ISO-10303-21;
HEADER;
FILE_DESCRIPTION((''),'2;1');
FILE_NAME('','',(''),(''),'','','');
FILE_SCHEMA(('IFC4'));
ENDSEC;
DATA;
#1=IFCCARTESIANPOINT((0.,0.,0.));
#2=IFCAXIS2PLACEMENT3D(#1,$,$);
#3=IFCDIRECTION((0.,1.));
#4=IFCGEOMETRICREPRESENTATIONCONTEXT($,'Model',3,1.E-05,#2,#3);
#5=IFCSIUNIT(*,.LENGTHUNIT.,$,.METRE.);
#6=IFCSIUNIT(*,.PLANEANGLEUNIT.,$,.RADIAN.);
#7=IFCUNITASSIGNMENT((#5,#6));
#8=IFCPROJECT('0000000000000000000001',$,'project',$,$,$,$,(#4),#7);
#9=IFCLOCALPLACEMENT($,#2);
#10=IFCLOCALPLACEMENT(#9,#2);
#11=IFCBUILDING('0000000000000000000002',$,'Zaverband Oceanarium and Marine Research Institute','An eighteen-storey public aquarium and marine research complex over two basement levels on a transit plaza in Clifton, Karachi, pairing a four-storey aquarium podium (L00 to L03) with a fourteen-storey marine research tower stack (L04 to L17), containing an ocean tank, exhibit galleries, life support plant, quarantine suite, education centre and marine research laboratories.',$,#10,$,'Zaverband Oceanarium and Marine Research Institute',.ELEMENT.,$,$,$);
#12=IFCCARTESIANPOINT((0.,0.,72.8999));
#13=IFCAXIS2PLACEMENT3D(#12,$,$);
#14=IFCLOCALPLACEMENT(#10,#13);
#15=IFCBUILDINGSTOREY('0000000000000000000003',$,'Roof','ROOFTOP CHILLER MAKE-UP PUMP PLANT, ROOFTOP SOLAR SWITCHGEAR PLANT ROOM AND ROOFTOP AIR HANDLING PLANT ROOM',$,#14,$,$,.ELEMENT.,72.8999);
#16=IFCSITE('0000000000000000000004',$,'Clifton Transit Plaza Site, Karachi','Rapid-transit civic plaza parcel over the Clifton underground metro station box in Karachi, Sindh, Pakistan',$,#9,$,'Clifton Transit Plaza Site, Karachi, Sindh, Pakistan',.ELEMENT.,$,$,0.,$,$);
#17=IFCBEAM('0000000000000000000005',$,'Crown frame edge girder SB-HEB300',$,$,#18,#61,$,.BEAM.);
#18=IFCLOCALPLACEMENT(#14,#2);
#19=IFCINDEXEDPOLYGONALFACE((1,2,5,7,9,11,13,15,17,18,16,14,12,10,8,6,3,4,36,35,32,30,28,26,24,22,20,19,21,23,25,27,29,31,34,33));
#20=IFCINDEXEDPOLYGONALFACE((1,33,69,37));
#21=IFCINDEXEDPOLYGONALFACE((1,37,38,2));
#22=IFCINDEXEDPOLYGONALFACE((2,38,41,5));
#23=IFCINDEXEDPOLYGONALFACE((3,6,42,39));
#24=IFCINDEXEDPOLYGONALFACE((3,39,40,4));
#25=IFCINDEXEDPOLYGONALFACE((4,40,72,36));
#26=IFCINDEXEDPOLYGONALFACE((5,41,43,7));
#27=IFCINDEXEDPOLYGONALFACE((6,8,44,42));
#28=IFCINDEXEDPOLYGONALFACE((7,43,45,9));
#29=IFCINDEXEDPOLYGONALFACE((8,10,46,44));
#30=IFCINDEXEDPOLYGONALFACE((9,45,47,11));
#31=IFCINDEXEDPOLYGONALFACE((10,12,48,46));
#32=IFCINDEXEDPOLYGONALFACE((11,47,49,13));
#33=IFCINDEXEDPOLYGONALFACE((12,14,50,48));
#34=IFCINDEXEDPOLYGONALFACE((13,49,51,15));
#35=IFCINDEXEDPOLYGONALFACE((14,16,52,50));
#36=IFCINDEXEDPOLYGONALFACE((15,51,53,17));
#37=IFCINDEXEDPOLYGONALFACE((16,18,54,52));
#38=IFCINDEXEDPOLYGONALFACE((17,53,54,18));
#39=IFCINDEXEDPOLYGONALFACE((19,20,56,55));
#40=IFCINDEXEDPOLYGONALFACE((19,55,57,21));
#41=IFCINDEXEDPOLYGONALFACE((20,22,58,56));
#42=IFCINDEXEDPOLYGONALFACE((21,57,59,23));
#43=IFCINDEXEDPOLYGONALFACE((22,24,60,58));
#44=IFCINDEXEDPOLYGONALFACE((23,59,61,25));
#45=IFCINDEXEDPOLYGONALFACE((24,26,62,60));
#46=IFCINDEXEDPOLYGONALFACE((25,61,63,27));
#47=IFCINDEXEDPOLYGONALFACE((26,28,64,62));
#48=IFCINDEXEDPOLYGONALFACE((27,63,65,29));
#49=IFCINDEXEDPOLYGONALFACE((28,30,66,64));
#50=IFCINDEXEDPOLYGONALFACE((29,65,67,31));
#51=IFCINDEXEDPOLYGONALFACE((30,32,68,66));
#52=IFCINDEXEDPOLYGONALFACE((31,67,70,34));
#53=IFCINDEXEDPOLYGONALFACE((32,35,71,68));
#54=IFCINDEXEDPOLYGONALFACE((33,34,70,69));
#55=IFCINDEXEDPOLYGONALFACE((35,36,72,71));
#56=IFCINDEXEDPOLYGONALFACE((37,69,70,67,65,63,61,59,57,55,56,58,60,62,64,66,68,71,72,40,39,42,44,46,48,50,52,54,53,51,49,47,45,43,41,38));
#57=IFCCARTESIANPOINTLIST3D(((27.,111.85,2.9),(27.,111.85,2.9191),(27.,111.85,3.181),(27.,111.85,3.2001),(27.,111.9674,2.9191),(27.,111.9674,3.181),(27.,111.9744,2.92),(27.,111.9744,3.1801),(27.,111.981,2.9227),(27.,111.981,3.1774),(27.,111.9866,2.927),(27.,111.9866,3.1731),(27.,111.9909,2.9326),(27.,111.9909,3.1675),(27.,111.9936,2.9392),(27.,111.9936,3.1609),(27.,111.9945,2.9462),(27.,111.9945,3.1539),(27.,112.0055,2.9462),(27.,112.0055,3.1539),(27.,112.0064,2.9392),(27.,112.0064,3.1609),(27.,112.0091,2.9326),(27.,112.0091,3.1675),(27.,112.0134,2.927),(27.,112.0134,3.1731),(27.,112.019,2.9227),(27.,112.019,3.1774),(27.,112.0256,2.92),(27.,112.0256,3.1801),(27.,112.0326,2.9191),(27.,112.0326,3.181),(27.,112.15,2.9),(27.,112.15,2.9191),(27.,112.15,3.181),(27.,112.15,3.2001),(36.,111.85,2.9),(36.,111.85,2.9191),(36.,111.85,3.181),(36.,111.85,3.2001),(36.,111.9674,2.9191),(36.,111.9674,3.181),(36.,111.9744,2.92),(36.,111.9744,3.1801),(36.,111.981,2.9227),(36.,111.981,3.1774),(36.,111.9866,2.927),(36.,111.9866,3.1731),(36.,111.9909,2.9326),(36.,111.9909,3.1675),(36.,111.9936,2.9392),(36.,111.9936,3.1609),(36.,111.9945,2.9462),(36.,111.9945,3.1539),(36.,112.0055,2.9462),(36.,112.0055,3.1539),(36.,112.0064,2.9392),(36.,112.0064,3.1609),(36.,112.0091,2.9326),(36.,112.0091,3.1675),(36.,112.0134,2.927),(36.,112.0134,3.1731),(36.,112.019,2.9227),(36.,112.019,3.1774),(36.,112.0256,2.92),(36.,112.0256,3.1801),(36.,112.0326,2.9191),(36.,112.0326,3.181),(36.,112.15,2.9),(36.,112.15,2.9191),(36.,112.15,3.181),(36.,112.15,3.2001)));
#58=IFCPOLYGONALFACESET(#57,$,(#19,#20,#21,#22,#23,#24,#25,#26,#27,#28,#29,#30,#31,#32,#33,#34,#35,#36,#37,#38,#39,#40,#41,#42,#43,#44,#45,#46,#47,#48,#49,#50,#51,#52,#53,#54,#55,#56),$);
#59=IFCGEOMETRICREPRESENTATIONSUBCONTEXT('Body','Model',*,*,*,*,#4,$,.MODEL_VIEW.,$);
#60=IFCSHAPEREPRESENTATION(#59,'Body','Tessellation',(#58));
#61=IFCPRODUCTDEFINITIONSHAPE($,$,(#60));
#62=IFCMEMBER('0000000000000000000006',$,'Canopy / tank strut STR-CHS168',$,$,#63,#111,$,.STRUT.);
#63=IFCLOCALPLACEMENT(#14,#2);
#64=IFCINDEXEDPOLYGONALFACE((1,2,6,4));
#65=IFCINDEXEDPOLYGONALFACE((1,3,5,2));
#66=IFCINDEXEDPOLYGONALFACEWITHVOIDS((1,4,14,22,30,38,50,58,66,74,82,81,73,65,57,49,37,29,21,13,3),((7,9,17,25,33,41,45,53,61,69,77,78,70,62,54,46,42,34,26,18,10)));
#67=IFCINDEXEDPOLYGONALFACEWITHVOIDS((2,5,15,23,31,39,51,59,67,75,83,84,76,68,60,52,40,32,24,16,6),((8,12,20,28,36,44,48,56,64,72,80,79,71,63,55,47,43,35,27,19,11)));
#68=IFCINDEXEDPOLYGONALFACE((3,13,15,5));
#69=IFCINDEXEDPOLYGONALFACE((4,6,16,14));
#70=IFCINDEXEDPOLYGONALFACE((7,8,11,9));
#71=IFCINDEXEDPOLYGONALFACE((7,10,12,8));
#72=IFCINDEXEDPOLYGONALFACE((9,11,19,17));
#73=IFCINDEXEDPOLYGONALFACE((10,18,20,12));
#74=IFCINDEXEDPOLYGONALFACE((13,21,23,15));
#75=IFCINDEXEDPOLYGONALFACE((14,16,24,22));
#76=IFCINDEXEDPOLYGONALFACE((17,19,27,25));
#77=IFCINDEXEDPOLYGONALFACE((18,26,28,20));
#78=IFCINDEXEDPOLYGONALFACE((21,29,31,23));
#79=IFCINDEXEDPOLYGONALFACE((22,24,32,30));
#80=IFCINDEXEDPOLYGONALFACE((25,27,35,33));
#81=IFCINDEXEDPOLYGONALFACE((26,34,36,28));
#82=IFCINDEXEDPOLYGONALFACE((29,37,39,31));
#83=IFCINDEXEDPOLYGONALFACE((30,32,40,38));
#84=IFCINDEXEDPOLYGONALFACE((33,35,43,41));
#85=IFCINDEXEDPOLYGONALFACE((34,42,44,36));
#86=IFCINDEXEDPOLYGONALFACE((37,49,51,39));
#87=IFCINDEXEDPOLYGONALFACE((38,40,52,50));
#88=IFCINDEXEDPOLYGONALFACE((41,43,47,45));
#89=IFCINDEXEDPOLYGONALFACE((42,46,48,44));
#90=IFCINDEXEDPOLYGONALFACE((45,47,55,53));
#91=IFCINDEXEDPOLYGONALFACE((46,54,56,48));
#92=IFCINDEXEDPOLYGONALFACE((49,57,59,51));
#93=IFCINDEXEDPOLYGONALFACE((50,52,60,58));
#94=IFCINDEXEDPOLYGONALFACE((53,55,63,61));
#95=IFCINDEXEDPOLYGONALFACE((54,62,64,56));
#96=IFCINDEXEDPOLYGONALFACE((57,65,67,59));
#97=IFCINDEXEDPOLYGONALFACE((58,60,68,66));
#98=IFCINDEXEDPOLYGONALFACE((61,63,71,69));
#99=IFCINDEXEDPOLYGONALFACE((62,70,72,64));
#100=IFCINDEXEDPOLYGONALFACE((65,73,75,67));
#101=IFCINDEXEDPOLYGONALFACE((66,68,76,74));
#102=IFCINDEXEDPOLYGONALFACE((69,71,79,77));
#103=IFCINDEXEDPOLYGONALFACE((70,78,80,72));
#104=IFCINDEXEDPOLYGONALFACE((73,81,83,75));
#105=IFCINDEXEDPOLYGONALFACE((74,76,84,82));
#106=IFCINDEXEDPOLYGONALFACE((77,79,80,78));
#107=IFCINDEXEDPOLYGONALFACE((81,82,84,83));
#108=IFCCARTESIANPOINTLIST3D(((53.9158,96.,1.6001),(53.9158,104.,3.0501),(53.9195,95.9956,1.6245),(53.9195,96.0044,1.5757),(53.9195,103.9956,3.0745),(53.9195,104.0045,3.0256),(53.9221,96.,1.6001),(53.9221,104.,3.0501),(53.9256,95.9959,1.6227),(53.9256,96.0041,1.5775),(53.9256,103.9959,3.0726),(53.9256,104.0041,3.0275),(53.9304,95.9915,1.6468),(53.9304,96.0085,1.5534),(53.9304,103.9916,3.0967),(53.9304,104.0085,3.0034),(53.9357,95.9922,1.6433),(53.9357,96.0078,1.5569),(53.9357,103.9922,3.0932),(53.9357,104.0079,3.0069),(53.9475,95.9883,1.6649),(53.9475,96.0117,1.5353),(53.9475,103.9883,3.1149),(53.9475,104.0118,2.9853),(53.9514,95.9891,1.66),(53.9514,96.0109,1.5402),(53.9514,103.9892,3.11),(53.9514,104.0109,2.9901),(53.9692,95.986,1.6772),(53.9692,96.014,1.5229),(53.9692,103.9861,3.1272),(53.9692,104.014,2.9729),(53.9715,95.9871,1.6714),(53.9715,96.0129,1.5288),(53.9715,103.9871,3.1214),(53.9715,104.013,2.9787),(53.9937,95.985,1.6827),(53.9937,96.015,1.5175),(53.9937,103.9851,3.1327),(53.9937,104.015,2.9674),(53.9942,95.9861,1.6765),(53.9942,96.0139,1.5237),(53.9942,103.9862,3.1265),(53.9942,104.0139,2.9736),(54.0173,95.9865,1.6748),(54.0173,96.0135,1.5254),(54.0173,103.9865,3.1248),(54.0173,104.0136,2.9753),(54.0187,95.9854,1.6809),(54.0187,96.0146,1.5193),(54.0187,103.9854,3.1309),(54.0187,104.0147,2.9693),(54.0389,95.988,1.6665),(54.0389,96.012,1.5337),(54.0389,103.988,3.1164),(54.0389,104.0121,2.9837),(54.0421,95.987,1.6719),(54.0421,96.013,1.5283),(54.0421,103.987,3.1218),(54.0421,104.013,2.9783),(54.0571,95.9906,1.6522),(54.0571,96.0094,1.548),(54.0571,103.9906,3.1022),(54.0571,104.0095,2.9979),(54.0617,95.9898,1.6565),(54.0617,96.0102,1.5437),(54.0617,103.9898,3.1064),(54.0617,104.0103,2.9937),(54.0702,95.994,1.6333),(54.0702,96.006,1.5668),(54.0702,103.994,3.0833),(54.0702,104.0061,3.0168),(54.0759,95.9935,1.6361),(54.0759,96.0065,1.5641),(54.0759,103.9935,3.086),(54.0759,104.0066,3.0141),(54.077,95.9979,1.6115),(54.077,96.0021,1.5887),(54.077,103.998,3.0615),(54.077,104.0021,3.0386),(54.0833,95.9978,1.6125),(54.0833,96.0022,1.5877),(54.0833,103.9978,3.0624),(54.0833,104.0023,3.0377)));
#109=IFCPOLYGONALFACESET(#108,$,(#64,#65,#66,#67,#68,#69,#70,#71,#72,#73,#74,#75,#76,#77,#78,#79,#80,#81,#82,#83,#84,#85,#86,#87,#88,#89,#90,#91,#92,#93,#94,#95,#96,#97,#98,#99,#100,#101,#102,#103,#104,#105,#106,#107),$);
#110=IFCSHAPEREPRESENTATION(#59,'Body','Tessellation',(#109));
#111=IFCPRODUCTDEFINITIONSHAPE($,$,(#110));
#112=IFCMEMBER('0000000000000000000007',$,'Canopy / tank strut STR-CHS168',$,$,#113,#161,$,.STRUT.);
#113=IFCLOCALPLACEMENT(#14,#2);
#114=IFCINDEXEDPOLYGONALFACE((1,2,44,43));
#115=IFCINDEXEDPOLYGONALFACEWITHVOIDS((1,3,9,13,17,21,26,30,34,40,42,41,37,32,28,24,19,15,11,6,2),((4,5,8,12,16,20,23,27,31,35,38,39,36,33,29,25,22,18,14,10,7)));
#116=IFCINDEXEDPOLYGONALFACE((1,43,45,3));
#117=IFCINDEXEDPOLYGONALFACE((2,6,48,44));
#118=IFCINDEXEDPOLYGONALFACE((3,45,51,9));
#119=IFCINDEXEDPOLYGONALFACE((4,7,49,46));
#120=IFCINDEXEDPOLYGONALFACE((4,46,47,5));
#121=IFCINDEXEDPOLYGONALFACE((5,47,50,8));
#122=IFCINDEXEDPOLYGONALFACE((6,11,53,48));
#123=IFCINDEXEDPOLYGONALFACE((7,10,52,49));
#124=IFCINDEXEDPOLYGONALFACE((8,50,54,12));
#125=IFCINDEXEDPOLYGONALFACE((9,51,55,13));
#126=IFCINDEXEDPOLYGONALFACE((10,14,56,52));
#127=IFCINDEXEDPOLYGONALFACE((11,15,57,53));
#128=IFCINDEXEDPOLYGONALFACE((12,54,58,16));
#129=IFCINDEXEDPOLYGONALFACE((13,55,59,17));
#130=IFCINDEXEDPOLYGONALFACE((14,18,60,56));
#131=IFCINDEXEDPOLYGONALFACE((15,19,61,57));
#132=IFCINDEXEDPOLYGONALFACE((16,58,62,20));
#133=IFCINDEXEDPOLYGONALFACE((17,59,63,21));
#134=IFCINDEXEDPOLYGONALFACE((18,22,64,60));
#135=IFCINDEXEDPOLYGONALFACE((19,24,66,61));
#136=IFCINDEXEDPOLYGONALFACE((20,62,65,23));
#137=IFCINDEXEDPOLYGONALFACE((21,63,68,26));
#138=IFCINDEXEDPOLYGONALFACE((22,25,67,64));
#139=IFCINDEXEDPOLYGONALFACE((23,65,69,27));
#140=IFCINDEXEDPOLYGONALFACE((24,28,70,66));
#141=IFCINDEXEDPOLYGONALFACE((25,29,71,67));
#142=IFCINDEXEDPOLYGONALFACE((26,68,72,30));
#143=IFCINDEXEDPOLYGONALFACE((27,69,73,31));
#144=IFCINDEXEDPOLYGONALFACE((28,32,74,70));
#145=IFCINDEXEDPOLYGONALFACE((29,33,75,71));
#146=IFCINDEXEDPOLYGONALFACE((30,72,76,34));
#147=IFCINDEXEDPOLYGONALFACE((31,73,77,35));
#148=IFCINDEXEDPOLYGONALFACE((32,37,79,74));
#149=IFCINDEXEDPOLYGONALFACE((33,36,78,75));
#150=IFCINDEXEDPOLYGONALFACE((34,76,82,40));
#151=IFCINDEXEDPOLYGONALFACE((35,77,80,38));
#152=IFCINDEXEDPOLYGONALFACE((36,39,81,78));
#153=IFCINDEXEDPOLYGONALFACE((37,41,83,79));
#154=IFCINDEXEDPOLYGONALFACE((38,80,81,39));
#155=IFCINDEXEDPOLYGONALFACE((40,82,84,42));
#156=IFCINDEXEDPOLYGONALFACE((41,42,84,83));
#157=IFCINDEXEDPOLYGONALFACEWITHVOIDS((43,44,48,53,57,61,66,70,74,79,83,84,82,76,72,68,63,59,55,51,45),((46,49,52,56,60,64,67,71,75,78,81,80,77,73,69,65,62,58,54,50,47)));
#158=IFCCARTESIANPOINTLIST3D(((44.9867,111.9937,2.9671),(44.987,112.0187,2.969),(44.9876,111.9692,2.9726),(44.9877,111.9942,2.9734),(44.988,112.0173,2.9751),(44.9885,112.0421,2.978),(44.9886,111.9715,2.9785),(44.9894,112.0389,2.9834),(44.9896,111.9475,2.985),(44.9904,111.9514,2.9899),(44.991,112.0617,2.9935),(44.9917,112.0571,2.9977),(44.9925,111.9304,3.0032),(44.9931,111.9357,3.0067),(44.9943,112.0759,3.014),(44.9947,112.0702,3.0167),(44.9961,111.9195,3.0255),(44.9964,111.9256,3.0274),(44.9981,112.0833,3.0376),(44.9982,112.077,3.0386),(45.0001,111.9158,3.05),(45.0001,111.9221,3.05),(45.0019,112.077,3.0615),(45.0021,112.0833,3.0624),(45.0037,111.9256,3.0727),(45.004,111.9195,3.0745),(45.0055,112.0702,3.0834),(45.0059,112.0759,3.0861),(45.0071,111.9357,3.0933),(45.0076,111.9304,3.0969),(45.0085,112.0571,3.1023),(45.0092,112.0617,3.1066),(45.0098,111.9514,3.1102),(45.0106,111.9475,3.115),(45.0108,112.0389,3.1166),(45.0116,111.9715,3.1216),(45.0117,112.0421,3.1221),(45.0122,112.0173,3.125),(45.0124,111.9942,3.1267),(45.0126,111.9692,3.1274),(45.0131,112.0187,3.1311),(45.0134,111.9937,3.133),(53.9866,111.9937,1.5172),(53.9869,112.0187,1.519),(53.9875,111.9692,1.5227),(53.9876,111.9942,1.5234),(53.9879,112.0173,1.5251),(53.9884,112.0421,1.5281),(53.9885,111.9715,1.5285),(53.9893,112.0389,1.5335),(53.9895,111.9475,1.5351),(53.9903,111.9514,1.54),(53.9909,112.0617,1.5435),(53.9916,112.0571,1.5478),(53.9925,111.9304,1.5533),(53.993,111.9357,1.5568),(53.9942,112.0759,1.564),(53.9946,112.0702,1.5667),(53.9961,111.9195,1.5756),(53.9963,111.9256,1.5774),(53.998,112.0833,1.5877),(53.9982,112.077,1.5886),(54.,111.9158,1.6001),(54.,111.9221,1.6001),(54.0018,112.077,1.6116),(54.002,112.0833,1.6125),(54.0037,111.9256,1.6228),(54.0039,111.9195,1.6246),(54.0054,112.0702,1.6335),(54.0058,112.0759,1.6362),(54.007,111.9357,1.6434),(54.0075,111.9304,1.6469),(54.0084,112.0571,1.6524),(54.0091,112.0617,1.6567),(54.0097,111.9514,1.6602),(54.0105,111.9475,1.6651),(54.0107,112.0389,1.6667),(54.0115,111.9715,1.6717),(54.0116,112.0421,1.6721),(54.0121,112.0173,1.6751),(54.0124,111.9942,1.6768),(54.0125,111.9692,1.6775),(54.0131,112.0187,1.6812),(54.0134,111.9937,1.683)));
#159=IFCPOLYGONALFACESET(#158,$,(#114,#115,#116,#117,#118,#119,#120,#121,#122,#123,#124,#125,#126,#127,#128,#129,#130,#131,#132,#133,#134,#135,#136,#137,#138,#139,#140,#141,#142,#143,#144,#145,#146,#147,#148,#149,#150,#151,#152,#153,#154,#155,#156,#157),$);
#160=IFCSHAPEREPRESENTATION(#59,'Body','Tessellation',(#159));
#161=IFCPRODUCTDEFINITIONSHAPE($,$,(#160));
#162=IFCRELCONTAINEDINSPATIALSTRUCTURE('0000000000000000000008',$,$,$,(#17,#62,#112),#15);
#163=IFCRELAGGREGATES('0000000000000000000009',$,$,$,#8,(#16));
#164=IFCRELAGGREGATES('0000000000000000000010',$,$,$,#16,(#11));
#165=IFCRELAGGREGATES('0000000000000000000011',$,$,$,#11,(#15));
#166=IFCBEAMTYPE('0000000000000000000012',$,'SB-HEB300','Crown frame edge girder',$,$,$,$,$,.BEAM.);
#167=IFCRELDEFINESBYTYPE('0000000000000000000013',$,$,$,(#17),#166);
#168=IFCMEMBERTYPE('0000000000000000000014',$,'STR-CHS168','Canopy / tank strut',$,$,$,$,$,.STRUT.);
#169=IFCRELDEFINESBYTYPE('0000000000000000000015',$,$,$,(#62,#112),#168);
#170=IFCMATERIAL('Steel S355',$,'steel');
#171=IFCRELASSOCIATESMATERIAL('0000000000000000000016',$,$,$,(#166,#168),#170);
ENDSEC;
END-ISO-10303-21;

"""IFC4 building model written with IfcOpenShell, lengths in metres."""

from ifc_helpers import new_model, si_unit, direction, frame, origin, origin_2d, place, context, subcontext, project, spatial, hollow_circle, i_section, extrude, material, material_profile, profile_set, type_object, element, save


model = new_model("IFC4")

# Units and contexts
model_context = context("Model", 3, precision=1e-05, world=origin(), true_north=direction((0.0, 1.0)))
body_context = subcontext(model_context, "Body", "Model", "MODEL_VIEW")
ifc_project = project(units=[si_unit("LENGTHUNIT", "METRE"), si_unit("PLANEANGLEUNIT", "RADIAN")], contexts=[model_context])

# Site, building, storey
site_placement = place(None, origin())
site = spatial("IfcSite", under=ifc_project, at=site_placement, Name="Clifton Transit Plaza Site, Karachi", Description="Rapid-transit civic plaza parcel over the Clifton underground metro station box in Karachi, Sindh, Pakistan", LongName="Clifton Transit Plaza Site, Karachi, Sindh, Pakistan", CompositionType="ELEMENT", RefElevation=0.0)
building_placement = place(site_placement, origin())
building = spatial("IfcBuilding", under=site, at=building_placement, Name="Zaverband Oceanarium and Marine Research Institute", Description="An eighteen-storey public aquarium and marine research complex over two basement levels on a transit plaza in Clifton, Karachi, pairing a four-storey aquarium podium (L00 to L03) with a fourteen-storey marine research tower stack (L04 to L17), containing an ocean tank, exhibit galleries, life support plant, quarantine suite, education centre and marine research laboratories.", LongName="Zaverband Oceanarium and Marine Research Institute", CompositionType="ELEMENT")
storey_placement = place(building_placement, frame((0.0, 0.0, 72.8999)))
storey = spatial("IfcBuildingStorey", under=building, at=storey_placement, Name="Roof", Description="ROOFTOP CHILLER MAKE-UP PUMP PLANT, ROOFTOP SOLAR SWITCHGEAR PLANT ROOM AND ROOFTOP AIR HANDLING PLANT ROOM", CompositionType="ELEMENT", Elevation=72.8999)

# Shared definitions
ifc_material_1 = material(Name="Steel S355", Category="steel")

# Beam
ifc_material_profile_1 = material_profile(ifc_material_1, i_section(OverallWidth=0.3, OverallDepth=0.3, WebThickness=0.011, FlangeThickness=0.019, FilletRadius=0.0271, at=origin_2d()), Name="HEB300")
ifc_profile_set_1 = profile_set([ifc_material_profile_1], Name="Steel S355")
beam_type = type_object("IfcBeamType", Name="SB-HEB300", Description="Crown frame edge girder", PredefinedType="BEAM", material=ifc_profile_set_1)
for number, where, z_axis, x_axis, name in (
    (1, (36.0, 112.0, 3.05), (-1.0, 0.0, 0.0), (0.0, -1.0, 0.0), "Crown frame edge girder SB-HEB300"),
):
    element("IfcBeam", number, at=place(storey_placement, frame(where, z_axis=z_axis, x_axis=x_axis)), inside=storey, type_object=beam_type, Name=name, PredefinedType="BEAM", context=body_context, shape_type="SweptSolid", body=[
        extrude(i_section(OverallWidth=0.3, OverallDepth=0.3, WebThickness=0.011, FlangeThickness=0.019, FilletRadius=0.0271, at=origin_2d()), origin(), (0.0, 0.0, 1.0), 9.0),
    ])

# Members
ifc_material_profile_2 = material_profile(ifc_material_1, hollow_circle(Radius=0.0842, WallThickness=0.0063, at=origin_2d()), Name="CHS168x6.3")
ifc_profile_set_2 = profile_set([ifc_material_profile_2], Name="Steel S355")
member_type_1 = type_object("IfcMemberType", Name="STR-CHS168", Description="Canopy / tank strut", PredefinedType="STRUT", material=ifc_profile_set_2)
member_1_placement = place(storey_placement, frame((54.0, 96.0, 1.6001), z_axis=(0.0, 0.983969, 0.178338), x_axis=(-1.0, 0.0, 0.0)))
element("IfcMember", 2, at=member_1_placement, inside=storey, type_object=member_type_1, Name="Canopy / tank strut STR-CHS168", PredefinedType="STRUT", context=body_context, shape_type="SweptSolid", body=[
    extrude(hollow_circle(Radius=0.0842, WallThickness=0.0063, at=origin_2d()), origin(), (0.0, 0.0, 1.0), 8.1304),
])
for number, where, z_axis, x_axis, name in (
    (3, (54.0, 112.0, 1.6001), (-0.98727, 0.0, 0.159055), (0.0, -1.0, 0.0), "Canopy / tank strut STR-CHS168"),
):
    element("IfcMember", number, at=place(storey_placement, frame(where, z_axis=z_axis, x_axis=x_axis)), inside=storey, type_object=member_type_1, Name=name, PredefinedType="STRUT", context=body_context, shape_type="SweptSolid", body=[
        extrude(hollow_circle(Radius=0.0842, WallThickness=0.0063, at=origin_2d()), origin(), (0.0, 0.0, 1.0), 9.116),
    ])

save(model, "model.ifc")
